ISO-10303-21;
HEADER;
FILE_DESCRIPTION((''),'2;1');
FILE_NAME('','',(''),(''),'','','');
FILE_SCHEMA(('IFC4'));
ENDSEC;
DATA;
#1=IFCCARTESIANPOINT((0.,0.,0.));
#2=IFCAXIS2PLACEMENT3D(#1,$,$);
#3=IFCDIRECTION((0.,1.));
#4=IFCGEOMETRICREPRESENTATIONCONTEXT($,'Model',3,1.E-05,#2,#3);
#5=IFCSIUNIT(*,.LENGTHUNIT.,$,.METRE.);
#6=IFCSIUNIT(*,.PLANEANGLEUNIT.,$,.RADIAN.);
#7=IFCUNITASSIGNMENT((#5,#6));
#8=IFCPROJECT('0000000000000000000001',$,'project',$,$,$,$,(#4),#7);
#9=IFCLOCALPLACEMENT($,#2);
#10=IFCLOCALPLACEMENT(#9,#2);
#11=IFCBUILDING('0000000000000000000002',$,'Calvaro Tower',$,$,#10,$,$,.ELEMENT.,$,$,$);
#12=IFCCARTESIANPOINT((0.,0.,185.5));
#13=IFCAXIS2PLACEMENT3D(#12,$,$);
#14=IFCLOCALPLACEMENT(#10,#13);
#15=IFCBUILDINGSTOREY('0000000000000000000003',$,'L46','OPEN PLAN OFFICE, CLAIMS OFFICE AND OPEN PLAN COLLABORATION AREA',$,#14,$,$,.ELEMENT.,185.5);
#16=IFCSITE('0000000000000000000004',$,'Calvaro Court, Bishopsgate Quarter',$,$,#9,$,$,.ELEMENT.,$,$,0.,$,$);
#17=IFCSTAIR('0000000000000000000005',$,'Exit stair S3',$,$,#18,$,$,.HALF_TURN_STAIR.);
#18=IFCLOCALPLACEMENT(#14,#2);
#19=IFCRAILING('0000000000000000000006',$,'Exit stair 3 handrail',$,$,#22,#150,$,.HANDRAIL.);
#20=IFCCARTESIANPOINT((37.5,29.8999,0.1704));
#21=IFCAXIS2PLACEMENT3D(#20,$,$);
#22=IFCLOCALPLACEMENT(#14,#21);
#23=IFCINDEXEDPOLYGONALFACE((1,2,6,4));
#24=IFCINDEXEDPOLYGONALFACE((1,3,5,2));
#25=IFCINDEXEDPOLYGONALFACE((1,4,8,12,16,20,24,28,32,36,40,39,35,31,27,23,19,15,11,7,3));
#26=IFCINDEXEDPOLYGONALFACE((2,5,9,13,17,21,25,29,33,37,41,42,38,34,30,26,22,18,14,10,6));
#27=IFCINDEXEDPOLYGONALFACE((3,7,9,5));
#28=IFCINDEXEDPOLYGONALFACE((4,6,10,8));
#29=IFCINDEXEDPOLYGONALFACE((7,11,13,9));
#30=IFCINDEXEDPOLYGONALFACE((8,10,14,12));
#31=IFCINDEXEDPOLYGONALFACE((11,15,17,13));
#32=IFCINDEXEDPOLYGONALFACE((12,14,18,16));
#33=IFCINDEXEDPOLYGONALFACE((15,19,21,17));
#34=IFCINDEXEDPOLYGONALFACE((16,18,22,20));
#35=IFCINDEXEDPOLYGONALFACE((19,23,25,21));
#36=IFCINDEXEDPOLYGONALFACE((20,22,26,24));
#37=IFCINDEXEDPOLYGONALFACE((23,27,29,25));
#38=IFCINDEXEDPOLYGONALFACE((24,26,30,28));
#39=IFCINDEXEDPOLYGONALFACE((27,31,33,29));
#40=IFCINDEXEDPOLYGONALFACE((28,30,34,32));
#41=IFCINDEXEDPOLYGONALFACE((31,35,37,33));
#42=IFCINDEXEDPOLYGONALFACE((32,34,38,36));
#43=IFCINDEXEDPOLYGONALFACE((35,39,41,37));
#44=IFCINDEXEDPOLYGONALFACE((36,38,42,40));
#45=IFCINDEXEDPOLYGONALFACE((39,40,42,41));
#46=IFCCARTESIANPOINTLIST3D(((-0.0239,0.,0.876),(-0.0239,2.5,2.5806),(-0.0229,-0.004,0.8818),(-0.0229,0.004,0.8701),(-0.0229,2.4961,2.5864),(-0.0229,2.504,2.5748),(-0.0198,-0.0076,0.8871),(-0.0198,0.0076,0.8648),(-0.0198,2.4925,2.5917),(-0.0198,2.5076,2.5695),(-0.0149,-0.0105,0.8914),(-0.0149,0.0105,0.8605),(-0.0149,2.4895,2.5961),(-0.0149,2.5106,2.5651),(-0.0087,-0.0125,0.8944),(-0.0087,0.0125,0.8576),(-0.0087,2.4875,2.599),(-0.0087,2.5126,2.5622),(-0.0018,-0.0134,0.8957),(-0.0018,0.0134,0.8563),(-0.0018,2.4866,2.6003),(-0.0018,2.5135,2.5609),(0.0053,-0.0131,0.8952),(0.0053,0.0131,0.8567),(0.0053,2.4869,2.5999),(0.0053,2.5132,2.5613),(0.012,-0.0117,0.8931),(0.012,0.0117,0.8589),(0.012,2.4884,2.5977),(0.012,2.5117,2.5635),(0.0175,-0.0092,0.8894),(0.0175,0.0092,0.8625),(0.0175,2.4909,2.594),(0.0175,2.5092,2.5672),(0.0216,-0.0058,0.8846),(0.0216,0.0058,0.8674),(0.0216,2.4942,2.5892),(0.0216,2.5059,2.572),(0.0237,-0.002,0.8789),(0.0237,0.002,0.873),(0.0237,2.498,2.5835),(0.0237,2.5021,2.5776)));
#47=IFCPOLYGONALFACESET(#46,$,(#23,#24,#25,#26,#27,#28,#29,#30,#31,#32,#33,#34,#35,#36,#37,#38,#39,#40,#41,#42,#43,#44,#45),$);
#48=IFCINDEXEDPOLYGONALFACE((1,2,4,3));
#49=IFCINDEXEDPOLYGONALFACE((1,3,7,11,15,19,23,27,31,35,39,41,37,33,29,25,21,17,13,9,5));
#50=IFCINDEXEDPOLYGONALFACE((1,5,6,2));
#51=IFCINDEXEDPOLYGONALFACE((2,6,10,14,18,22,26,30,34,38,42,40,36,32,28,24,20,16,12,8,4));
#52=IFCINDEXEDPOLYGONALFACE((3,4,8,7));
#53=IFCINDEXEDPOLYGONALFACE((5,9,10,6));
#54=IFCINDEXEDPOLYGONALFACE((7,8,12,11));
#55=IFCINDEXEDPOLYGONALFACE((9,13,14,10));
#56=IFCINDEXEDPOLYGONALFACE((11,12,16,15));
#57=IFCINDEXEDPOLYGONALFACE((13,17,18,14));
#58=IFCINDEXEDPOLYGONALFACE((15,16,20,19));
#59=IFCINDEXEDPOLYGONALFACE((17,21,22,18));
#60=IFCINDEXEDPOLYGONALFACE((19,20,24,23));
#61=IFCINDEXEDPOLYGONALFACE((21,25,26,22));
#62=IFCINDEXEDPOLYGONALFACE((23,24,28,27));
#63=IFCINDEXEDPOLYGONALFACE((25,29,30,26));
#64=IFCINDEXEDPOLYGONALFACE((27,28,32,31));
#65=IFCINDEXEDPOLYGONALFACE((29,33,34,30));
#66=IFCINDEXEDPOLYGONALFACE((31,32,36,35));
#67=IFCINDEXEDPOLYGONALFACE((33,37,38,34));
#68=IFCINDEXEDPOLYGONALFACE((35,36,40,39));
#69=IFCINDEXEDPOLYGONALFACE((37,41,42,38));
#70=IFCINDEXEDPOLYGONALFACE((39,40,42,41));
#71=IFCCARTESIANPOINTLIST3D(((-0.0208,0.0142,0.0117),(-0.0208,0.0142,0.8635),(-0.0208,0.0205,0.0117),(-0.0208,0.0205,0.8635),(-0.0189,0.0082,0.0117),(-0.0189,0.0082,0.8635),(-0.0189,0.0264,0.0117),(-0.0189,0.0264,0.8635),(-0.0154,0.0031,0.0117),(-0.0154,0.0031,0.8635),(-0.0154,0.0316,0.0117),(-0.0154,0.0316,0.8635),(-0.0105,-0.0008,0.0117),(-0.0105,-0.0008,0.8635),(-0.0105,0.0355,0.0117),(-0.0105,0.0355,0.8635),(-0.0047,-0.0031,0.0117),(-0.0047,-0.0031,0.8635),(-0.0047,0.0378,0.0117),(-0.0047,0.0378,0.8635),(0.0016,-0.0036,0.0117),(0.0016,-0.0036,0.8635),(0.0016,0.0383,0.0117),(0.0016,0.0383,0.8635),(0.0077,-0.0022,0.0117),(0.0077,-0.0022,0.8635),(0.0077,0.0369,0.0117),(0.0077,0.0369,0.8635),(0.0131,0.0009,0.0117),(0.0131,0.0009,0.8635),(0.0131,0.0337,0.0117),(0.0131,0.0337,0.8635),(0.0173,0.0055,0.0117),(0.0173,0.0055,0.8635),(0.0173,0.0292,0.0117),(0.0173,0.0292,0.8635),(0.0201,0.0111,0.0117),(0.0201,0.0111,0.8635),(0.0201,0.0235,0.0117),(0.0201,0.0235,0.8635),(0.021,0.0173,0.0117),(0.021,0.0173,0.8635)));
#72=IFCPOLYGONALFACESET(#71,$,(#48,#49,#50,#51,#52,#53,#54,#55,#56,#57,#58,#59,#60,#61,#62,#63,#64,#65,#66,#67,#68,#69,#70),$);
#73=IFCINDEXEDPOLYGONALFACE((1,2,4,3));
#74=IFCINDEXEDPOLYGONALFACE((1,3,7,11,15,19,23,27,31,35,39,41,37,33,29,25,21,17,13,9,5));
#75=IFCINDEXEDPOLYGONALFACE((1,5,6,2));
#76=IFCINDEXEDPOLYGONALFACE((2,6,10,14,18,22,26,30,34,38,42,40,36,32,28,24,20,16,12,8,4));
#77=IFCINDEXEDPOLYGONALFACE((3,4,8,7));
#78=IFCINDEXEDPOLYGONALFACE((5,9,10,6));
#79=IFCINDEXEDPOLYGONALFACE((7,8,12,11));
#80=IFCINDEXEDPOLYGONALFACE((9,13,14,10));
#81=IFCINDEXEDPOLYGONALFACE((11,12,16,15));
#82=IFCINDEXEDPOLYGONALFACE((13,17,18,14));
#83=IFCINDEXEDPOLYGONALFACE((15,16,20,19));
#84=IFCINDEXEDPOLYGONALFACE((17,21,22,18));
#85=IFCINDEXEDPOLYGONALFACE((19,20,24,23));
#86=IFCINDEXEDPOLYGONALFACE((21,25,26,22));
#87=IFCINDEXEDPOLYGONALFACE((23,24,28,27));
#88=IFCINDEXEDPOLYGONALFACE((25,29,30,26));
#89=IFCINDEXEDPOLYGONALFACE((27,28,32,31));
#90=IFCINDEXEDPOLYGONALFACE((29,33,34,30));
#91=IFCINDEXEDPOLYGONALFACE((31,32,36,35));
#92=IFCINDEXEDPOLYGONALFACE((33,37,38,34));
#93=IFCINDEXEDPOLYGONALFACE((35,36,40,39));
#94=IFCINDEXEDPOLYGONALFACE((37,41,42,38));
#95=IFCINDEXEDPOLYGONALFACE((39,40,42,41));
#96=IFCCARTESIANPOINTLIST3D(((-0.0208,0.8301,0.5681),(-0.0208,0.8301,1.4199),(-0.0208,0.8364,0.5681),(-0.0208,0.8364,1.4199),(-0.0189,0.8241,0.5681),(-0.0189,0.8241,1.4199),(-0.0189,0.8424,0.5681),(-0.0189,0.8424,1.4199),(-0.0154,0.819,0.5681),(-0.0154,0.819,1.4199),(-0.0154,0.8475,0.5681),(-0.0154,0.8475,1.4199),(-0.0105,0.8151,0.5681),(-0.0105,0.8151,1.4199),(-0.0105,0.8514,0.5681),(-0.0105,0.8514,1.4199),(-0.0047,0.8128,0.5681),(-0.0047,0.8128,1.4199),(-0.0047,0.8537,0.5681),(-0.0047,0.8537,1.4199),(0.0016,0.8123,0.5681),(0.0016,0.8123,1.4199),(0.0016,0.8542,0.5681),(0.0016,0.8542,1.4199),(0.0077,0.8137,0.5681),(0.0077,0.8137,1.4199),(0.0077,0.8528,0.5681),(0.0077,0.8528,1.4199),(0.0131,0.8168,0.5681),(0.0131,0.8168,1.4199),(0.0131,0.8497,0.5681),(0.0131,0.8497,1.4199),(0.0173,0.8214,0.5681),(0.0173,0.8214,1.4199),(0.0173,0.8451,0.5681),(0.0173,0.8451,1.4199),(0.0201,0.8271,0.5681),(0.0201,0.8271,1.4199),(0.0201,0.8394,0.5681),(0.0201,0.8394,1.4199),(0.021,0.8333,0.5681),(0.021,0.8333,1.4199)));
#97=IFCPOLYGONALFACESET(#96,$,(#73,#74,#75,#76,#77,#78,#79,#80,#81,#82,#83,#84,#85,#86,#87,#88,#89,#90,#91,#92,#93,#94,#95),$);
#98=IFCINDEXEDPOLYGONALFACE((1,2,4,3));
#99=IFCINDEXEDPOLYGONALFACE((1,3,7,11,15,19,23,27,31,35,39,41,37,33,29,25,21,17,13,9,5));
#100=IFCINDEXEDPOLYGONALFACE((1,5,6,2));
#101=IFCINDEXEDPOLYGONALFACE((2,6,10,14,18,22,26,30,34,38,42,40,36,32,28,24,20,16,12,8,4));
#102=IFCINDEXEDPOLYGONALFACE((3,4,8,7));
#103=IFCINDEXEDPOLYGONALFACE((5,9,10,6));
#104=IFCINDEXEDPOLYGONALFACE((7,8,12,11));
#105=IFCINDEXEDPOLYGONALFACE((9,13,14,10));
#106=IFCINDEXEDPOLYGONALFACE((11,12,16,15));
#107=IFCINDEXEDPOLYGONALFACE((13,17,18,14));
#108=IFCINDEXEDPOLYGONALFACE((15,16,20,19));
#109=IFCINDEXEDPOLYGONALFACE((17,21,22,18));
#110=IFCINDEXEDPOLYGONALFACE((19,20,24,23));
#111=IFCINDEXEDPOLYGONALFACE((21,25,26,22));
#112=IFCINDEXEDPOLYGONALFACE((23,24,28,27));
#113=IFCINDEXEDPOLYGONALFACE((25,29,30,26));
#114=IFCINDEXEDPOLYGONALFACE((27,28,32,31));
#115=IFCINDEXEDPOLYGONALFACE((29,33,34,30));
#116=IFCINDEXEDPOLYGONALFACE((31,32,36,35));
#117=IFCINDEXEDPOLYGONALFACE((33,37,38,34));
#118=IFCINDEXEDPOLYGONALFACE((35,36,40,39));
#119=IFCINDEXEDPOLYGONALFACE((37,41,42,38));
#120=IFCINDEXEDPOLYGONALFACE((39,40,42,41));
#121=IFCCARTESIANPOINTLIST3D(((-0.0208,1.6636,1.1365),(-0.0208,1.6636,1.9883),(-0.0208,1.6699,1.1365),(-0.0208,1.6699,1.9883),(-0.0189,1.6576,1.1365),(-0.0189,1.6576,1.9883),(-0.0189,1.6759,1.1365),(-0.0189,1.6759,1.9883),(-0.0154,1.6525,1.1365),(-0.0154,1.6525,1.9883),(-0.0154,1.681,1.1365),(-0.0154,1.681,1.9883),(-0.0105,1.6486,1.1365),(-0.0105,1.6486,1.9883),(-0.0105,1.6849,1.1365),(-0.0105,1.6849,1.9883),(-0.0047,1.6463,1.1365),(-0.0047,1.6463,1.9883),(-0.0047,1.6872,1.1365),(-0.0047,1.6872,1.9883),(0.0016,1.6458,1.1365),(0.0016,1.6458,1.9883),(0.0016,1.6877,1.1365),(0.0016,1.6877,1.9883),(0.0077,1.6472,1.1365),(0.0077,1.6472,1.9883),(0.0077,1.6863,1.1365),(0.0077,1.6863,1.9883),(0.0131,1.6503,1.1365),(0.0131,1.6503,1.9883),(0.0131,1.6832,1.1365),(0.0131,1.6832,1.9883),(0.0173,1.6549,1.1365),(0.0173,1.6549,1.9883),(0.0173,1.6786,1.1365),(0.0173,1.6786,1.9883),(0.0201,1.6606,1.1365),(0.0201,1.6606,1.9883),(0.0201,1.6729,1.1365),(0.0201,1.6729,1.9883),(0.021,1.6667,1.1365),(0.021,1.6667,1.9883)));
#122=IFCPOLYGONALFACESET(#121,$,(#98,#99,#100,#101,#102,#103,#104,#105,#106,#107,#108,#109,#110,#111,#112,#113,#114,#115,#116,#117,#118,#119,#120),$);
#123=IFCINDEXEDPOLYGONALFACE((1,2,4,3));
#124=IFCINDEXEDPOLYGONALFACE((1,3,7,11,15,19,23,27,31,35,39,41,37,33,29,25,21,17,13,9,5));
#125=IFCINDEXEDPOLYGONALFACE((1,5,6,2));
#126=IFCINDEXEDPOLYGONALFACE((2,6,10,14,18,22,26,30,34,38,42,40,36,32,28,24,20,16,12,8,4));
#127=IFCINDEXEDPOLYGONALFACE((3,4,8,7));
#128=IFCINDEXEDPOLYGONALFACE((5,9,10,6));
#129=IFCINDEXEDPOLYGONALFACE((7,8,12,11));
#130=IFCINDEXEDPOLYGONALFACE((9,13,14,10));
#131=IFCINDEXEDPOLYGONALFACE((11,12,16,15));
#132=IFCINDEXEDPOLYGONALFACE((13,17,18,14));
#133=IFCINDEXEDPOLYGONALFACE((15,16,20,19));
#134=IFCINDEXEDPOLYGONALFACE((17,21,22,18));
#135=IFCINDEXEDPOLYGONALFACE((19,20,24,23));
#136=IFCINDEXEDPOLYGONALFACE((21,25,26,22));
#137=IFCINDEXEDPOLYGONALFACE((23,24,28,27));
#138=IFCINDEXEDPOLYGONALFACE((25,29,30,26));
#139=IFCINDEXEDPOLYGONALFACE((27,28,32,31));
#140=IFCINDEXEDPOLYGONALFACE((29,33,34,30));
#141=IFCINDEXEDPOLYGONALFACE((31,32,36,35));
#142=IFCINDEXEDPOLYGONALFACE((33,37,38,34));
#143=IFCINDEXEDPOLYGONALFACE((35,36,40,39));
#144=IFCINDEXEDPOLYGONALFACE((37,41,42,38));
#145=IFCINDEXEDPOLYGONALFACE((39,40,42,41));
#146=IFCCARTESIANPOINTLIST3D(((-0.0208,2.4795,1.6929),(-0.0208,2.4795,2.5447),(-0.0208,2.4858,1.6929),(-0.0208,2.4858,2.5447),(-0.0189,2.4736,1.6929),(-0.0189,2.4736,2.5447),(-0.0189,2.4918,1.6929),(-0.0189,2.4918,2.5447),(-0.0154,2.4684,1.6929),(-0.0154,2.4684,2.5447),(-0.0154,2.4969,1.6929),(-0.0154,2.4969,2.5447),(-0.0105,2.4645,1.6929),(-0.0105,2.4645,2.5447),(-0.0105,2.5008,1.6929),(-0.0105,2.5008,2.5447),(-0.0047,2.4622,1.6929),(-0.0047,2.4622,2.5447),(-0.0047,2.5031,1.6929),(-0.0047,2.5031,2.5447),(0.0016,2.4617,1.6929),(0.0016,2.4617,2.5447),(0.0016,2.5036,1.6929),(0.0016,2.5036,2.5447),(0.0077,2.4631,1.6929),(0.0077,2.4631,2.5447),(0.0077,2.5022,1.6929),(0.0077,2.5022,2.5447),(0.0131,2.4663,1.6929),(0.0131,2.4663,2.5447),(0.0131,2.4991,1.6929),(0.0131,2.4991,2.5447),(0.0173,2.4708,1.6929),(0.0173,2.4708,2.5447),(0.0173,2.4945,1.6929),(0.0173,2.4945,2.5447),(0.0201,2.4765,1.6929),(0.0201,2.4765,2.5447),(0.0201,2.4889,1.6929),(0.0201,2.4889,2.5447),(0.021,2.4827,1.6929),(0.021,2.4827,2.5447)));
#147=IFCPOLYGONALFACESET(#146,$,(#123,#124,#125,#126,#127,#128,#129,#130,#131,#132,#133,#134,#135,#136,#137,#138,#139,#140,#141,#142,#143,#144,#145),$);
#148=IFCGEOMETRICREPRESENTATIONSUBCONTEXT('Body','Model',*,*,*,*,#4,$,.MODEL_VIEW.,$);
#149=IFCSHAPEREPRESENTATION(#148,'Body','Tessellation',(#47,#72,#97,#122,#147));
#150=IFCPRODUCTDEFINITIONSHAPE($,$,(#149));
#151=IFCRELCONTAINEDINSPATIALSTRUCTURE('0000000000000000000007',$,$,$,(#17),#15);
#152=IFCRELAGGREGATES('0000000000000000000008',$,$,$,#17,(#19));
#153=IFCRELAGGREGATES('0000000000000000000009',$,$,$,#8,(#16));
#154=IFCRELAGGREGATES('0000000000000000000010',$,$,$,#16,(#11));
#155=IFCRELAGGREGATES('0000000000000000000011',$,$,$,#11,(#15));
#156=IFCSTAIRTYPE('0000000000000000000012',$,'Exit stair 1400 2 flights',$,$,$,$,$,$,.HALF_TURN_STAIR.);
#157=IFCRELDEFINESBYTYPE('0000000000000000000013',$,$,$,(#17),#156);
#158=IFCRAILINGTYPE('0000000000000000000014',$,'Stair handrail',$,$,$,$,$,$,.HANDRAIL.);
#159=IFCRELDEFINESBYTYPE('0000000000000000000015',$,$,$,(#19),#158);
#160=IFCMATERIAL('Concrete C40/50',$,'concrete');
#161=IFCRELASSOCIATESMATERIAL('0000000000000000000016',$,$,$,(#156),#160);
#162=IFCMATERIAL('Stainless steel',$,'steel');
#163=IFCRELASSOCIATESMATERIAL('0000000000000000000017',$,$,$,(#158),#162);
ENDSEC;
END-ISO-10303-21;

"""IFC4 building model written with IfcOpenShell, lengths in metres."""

from ifc_helpers import new_model, si_unit, direction, frame, origin, origin_2d, place, context, subcontext, project, spatial, circle, extrude, material, type_object, element, aggregate, save


model = new_model("IFC4")

# Units and contexts
model_context = context("Model", 3, precision=1e-05, world=origin(), true_north=direction((0.0, 1.0)))
body_context = subcontext(model_context, "Body", "Model", "MODEL_VIEW")
ifc_project = project(units=[si_unit("LENGTHUNIT", "METRE"), si_unit("PLANEANGLEUNIT", "RADIAN")], contexts=[model_context])

# Site, building, storey
site_placement = place(None, origin())
site = spatial("IfcSite", under=ifc_project, at=site_placement, Name="Calvaro Court, Bishopsgate Quarter", CompositionType="ELEMENT", RefElevation=0.0)
building_placement = place(site_placement, origin())
building = spatial("IfcBuilding", under=site, at=building_placement, Name="Calvaro Tower", CompositionType="ELEMENT")
storey_placement = place(building_placement, frame((0.0, 0.0, 185.5)))
storey = spatial("IfcBuildingStorey", under=building, at=storey_placement, Name="L46", Description="OPEN PLAN OFFICE, CLAIMS OFFICE AND OPEN PLAN COLLABORATION AREA", CompositionType="ELEMENT", Elevation=185.5)

# Stair, railing
ifc_material_1 = material(Name="Concrete C40/50", Category="concrete")
stair_type = type_object("IfcStairType", Name="Exit stair 1400 2 flights", PredefinedType="HALF_TURN_STAIR", material=ifc_material_1)
stair_placement = place(storey_placement, origin())
stair = element("IfcStair", 1, at=stair_placement, inside=storey, type_object=stair_type, Name="Exit stair S3", PredefinedType="HALF_TURN_STAIR")
ifc_material_2 = material(Name="Stainless steel", Category="steel")
railing_type = type_object("IfcRailingType", Name="Stair handrail", PredefinedType="HANDRAIL", material=ifc_material_2)
railing_placement = place(storey_placement, frame((37.5, 29.8999, 0.1704)))
railing = element("IfcRailing", 2, at=railing_placement, type_object=railing_type, Name="Exit stair 3 handrail", PredefinedType="HANDRAIL", context=body_context, shape_type="SweptSolid", body=[
    extrude(circle(Radius=0.0239, at=origin_2d()), frame((0.0, 0.0, 0.876), z_axis=(0.0, 0.826221, 0.563347), x_axis=(-1.0, 0.0, 0.0)), (0.0, 0.0, 1.0), 3.0259),
    extrude(circle(Radius=0.021, at=origin_2d()), frame((0.0, 0.0173, 0.0117)), (0.0, 0.0, 1.0), 0.8518),
    extrude(circle(Radius=0.021, at=origin_2d()), frame((0.0, 0.8333, 0.5681)), (0.0, 0.0, 1.0), 0.8518),
    extrude(circle(Radius=0.021, at=origin_2d()), frame((0.0, 1.6667, 1.1365)), (0.0, 0.0, 1.0), 0.8518),
    extrude(circle(Radius=0.021, at=origin_2d()), frame((0.0, 2.4827, 1.6929)), (0.0, 0.0, 1.0), 0.8518),
])
aggregate(stair, [railing])

save(model, "model.ifc")
